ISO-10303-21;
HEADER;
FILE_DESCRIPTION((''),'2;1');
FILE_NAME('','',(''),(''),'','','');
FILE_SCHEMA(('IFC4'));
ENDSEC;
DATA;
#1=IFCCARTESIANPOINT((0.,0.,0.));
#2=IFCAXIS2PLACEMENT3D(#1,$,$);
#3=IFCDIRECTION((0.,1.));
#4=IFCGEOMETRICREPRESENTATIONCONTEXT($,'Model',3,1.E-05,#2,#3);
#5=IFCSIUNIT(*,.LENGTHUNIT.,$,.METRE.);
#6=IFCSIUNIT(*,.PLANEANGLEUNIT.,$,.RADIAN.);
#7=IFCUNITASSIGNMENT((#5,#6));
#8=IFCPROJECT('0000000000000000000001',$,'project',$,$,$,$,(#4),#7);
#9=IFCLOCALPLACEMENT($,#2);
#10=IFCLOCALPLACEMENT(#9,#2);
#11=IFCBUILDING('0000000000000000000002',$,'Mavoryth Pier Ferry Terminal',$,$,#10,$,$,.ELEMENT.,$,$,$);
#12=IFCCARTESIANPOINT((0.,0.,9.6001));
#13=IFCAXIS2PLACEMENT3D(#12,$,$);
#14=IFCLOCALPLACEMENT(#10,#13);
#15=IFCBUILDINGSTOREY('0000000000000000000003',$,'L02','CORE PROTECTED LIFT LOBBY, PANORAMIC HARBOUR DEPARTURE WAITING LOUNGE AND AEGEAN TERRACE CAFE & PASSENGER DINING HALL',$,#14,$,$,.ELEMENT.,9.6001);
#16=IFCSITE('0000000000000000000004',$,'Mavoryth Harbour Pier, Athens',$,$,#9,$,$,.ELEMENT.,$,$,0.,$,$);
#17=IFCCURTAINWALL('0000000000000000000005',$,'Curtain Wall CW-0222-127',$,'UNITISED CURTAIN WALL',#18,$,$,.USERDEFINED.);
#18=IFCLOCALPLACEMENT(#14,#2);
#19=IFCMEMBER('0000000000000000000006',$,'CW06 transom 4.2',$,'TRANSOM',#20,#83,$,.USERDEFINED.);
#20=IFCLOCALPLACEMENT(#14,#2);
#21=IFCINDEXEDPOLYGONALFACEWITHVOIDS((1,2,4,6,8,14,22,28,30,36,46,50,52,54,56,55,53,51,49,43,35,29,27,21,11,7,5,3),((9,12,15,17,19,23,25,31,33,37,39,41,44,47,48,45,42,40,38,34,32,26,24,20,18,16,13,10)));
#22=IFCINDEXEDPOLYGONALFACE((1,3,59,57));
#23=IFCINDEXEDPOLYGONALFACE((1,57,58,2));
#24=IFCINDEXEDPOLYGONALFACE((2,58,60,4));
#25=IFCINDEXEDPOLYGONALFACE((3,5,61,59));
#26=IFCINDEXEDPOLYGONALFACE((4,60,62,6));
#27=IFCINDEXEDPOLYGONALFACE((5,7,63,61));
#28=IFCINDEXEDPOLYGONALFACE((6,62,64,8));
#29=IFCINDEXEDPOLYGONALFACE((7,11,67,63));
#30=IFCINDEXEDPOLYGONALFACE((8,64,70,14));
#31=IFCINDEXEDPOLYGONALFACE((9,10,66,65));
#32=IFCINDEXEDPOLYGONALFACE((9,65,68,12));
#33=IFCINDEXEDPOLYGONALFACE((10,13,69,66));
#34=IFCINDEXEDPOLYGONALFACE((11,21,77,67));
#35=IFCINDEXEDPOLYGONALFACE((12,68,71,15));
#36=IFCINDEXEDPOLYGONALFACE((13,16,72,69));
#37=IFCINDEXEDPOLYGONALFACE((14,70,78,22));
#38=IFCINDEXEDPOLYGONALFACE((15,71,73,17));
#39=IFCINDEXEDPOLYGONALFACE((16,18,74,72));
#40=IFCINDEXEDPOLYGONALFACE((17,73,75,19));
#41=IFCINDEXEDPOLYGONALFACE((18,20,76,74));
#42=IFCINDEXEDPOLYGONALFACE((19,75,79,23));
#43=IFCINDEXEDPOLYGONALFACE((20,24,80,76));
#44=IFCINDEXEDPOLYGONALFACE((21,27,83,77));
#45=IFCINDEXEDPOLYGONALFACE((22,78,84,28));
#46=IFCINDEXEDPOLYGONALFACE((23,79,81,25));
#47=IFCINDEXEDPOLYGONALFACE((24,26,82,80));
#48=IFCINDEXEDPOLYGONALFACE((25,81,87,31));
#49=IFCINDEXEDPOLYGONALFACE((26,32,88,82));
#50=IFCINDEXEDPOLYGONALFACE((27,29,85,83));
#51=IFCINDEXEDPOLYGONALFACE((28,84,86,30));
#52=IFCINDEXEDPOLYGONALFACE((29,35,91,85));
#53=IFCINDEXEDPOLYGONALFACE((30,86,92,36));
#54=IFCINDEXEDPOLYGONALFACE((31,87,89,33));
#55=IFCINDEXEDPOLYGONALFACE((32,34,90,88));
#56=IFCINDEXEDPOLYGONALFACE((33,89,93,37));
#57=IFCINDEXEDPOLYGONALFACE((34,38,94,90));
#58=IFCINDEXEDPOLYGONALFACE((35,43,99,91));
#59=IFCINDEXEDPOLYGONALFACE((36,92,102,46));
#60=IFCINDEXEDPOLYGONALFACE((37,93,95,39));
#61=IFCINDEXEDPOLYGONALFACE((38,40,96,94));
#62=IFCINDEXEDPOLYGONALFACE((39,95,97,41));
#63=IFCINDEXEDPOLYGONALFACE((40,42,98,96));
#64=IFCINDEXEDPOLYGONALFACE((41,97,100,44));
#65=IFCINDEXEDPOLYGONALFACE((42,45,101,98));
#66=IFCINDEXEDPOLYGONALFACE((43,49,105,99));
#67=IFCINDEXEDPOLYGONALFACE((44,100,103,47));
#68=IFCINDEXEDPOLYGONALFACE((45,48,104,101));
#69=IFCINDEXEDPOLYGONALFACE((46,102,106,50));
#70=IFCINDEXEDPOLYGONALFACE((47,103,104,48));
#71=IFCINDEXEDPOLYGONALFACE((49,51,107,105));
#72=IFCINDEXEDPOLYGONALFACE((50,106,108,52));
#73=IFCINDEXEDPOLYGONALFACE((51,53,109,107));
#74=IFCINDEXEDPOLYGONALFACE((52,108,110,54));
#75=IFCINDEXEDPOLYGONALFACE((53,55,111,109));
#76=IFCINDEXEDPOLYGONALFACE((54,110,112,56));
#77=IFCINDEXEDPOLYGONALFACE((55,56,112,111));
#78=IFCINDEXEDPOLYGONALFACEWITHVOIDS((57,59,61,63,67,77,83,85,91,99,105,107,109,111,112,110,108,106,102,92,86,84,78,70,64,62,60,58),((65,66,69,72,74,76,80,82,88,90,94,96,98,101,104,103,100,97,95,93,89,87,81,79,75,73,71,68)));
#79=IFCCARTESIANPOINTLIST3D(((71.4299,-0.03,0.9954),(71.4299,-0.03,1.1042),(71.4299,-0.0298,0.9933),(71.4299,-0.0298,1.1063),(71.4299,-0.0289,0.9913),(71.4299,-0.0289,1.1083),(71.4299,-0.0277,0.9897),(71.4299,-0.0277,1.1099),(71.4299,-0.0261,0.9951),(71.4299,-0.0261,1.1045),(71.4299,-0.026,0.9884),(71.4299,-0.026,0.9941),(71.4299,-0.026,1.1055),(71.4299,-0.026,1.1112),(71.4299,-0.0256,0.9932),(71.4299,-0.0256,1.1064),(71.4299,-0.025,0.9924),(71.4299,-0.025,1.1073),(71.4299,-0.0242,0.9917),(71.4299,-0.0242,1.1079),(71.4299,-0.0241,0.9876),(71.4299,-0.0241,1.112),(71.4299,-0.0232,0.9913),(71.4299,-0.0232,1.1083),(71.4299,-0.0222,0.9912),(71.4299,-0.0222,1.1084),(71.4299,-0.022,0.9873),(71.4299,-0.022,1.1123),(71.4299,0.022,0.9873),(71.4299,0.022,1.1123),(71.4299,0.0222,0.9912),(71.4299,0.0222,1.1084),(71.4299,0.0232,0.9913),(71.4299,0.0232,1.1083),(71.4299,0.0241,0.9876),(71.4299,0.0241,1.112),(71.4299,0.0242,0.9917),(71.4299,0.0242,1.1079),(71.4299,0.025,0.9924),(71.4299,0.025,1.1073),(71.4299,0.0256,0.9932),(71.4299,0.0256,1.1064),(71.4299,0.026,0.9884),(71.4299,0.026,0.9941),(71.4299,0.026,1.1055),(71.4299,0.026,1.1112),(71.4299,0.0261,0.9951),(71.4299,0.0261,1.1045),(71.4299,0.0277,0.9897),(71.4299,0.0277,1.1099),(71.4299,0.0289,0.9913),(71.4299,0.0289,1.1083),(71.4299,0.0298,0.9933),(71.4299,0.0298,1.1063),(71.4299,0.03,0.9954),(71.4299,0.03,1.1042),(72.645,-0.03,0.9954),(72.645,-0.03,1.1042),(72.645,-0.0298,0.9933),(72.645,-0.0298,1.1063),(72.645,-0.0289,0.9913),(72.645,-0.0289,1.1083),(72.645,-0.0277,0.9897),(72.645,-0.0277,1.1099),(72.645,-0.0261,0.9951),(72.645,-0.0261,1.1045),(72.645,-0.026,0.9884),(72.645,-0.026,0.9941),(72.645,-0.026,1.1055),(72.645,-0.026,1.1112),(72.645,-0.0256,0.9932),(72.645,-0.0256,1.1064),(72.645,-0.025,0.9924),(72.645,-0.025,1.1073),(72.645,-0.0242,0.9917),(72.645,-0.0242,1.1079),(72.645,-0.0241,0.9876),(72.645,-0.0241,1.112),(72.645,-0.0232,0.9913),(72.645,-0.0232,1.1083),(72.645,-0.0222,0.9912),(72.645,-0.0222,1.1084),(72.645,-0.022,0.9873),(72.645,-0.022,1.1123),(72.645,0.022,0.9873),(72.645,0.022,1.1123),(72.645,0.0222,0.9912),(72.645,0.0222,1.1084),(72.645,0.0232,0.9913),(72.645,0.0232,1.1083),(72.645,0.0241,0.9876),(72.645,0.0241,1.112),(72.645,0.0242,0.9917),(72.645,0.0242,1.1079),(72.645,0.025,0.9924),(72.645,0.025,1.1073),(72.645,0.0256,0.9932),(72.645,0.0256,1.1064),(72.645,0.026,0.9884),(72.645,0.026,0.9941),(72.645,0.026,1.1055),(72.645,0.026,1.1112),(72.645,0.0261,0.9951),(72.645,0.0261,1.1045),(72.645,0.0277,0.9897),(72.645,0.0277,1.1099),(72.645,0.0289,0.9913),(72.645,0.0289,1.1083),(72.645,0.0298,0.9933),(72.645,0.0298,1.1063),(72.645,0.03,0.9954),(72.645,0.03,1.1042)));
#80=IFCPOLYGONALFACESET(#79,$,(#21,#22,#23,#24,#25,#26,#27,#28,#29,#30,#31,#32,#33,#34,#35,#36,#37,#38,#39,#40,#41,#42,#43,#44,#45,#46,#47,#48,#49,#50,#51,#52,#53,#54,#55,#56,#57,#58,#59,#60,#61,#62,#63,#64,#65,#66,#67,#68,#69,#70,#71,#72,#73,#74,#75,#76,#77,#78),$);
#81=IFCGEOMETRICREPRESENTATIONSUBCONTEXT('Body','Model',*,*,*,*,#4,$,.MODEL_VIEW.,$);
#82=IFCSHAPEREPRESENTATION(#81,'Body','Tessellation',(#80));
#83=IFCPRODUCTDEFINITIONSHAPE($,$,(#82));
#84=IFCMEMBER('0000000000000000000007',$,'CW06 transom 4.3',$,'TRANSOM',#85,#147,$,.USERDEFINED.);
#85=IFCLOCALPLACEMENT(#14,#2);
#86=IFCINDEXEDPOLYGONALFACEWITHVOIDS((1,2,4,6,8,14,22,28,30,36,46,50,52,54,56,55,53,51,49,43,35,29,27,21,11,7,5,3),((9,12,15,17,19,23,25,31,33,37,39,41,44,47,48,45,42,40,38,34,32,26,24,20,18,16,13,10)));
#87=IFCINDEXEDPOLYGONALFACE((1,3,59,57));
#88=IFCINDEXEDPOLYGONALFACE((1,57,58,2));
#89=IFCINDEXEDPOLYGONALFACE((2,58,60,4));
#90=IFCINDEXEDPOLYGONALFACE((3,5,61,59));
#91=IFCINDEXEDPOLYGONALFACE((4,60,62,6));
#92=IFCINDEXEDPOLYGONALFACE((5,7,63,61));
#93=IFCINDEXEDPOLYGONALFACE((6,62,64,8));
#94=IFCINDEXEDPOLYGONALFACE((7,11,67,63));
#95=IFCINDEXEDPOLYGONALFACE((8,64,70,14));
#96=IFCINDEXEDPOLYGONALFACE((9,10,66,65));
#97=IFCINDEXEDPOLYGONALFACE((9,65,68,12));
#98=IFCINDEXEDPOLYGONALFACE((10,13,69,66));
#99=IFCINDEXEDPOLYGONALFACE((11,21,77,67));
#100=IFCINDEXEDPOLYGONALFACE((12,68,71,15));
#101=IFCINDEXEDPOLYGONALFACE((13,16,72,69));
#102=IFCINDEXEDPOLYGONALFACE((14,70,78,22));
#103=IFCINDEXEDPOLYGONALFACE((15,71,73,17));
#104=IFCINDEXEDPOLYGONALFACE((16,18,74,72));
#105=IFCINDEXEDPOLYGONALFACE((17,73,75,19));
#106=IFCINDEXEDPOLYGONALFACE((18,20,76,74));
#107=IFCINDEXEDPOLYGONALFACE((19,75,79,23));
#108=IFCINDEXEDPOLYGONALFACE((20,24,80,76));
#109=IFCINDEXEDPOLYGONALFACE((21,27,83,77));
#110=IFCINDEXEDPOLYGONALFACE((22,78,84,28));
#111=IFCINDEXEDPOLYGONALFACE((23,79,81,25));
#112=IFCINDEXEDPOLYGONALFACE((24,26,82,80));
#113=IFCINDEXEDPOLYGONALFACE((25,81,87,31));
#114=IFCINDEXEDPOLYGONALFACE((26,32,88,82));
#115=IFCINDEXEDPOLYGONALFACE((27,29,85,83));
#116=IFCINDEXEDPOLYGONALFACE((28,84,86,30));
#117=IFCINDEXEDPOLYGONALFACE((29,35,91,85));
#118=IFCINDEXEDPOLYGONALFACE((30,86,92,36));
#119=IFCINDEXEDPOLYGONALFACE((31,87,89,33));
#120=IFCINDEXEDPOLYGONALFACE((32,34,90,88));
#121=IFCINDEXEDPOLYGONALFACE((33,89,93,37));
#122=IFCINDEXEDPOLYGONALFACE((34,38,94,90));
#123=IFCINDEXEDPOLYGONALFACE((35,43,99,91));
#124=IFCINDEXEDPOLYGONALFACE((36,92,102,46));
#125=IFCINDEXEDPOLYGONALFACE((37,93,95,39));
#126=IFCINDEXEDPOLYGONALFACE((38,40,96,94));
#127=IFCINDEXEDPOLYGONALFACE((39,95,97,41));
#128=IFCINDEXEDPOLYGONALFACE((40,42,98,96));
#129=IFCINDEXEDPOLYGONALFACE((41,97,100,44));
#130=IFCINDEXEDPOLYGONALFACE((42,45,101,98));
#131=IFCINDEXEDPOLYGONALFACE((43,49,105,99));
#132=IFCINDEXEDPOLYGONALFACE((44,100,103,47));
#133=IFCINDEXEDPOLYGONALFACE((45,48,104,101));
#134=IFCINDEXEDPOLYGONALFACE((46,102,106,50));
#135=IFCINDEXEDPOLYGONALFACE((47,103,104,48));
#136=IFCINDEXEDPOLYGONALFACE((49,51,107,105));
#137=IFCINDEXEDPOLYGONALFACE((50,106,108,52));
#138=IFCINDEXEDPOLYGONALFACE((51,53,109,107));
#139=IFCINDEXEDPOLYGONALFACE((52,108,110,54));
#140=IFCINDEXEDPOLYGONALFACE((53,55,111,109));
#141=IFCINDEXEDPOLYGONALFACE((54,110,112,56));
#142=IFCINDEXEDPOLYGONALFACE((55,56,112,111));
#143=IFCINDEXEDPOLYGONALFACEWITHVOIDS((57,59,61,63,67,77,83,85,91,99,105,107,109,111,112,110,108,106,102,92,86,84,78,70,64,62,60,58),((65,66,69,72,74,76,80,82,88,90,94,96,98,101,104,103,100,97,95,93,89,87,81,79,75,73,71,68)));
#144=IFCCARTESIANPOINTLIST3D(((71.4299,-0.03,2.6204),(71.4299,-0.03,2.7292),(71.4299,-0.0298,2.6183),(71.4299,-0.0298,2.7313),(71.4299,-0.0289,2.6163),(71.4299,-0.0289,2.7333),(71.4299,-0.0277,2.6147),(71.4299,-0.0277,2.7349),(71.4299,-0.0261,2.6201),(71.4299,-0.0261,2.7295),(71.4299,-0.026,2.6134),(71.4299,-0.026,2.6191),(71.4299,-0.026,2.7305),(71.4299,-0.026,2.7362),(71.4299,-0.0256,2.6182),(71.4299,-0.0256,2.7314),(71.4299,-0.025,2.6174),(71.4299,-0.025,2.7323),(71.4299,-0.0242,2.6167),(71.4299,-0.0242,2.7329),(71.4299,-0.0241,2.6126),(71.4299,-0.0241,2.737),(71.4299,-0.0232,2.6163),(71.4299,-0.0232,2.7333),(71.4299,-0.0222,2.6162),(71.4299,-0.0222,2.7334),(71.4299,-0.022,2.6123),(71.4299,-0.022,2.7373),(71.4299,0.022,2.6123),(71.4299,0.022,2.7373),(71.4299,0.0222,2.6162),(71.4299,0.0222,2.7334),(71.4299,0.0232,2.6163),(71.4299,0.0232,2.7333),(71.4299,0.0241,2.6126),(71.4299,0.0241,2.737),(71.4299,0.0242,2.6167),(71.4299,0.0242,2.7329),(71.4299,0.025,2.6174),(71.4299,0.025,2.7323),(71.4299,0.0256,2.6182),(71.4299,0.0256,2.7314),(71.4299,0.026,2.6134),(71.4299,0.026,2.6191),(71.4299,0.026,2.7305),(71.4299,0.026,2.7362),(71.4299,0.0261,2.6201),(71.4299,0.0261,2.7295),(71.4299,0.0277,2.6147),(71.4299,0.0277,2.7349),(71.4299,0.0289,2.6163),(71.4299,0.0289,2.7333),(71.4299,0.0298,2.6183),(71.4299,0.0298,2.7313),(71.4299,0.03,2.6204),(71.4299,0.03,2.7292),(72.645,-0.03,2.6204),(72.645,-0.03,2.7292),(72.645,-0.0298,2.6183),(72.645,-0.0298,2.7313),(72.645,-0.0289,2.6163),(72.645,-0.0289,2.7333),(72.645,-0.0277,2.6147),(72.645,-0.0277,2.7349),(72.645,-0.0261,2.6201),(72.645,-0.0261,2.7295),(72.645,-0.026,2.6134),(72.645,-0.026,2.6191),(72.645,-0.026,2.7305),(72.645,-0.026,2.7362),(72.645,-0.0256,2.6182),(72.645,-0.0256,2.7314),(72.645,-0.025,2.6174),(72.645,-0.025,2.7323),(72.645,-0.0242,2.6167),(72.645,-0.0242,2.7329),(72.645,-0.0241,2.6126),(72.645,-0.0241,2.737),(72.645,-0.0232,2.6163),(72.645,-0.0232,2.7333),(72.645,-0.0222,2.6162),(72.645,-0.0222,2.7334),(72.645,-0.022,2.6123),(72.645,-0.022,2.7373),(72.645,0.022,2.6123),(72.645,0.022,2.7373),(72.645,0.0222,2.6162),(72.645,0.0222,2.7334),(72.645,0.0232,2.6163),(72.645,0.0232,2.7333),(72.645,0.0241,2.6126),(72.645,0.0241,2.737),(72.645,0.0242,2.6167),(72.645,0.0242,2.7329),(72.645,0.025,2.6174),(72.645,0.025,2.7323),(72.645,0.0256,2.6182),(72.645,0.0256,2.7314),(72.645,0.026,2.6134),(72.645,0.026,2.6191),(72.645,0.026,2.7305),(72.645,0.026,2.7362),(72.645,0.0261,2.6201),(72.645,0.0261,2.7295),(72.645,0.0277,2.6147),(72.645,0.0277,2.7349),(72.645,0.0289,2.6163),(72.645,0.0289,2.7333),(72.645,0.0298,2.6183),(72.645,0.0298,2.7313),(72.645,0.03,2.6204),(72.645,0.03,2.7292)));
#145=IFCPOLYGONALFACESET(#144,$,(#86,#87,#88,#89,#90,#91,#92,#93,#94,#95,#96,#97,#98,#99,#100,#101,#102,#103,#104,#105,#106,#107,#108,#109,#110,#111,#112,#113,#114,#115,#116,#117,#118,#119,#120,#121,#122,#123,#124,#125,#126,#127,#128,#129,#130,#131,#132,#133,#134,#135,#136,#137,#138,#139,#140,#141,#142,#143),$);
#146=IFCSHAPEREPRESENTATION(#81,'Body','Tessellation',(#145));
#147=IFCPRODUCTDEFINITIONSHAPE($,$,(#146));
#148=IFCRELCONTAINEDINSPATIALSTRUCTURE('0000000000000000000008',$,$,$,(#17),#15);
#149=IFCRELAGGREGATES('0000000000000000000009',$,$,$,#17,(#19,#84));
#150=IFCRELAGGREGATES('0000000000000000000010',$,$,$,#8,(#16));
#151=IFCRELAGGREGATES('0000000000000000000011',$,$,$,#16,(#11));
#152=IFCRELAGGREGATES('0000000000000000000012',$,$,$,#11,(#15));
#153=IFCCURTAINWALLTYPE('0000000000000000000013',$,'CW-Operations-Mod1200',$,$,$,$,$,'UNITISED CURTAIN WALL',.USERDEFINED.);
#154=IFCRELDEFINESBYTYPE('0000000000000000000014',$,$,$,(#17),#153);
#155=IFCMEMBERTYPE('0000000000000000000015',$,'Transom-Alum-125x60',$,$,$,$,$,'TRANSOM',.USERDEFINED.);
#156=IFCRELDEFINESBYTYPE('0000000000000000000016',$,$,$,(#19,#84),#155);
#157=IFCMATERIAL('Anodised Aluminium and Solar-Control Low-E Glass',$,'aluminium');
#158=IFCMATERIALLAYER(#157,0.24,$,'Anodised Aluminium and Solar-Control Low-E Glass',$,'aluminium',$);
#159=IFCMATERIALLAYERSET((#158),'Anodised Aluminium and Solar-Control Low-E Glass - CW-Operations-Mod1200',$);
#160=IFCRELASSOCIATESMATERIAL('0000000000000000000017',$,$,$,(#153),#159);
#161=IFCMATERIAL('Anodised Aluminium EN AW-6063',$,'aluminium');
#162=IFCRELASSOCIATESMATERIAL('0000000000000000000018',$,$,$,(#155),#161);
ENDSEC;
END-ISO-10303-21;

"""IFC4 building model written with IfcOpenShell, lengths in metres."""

from ifc_helpers import new_model, si_unit, direction, frame, origin, origin_2d, place, context, subcontext, project, spatial, hollow_rectangle, extrude, material, layer, layer_set, material_profile, profile_set, type_object, element, aggregate, save


model = new_model("IFC4")

# Units and contexts
model_context = context("Model", 3, precision=1e-05, world=origin(), true_north=direction((0.0, 1.0)))
body_context = subcontext(model_context, "Body", "Model", "MODEL_VIEW")
ifc_project = project(units=[si_unit("LENGTHUNIT", "METRE"), si_unit("PLANEANGLEUNIT", "RADIAN")], contexts=[model_context])

# Site, building, storey
site_placement = place(None, origin())
site = spatial("IfcSite", under=ifc_project, at=site_placement, Name="Mavoryth Harbour Pier, Athens", CompositionType="ELEMENT", RefElevation=0.0)
building_placement = place(site_placement, origin())
building = spatial("IfcBuilding", under=site, at=building_placement, Name="Mavoryth Pier Ferry Terminal", CompositionType="ELEMENT")
storey_placement = place(building_placement, frame((0.0, 0.0, 9.6001)))
storey = spatial("IfcBuildingStorey", under=building, at=storey_placement, Name="L02", Description="CORE PROTECTED LIFT LOBBY, PANORAMIC HARBOUR DEPARTURE WAITING LOUNGE AND AEGEAN TERRACE CAFE & PASSENGER DINING HALL", CompositionType="ELEMENT", Elevation=9.6001)

# Shared definitions
ifc_material_1 = material(Name="Anodised Aluminium and Solar-Control Low-E Glass", Category="aluminium")
ifc_layer_1 = layer(ifc_material_1, 0.24, Name="Anodised Aluminium and Solar-Control Low-E Glass", Category="aluminium")
ifc_layer_set_1 = layer_set([ifc_layer_1], Name="Anodised Aluminium and Solar-Control Low-E Glass - CW-Operations-Mod1200")
curtain_wall_type = type_object("IfcCurtainWallType", Name="CW-Operations-Mod1200", ElementType="UNITISED CURTAIN WALL", PredefinedType="USERDEFINED", material=ifc_layer_set_1)
ifc_material_2 = material(Name="Anodised Aluminium EN AW-6063", Category="aluminium")

# Curtain wall
curtain_wall_1_placement = place(storey_placement, origin())
curtain_wall_1 = element("IfcCurtainWall", 1, at=curtain_wall_1_placement, inside=storey, type_object=curtain_wall_type, Name="Curtain Wall CW-0222-127", ObjectType="UNITISED CURTAIN WALL", PredefinedType="USERDEFINED")

# Members
ifc_material_profile_1 = material_profile(ifc_material_2, hollow_rectangle(XDim=0.0601, YDim=0.125, WallThickness=0.0039, InnerFilletRadius=0.0039, OuterFilletRadius=0.0081, at=origin_2d()), Name="AL-TRAN 125x60x4", Category="aluminium")
ifc_profile_set_1 = profile_set([ifc_material_profile_1], Name="Anodised Aluminium EN AW-6063 - AL-TRAN 125x60x4")
member_type_1 = type_object("IfcMemberType", Name="Transom-Alum-125x60", ElementType="TRANSOM", PredefinedType="USERDEFINED", material=ifc_profile_set_1)
member_1_placement = place(storey_placement, frame((71.4299, 0.0, 1.0498), z_axis=(1.0, 0.0, 0.0), x_axis=(0.0, 1.0, 0.0)))
member_1 = element("IfcMember", 2, at=member_1_placement, type_object=member_type_1, Name="CW06 transom 4.2", ObjectType="TRANSOM", PredefinedType="USERDEFINED", context=body_context, shape_type="SweptSolid", body=[
    extrude(hollow_rectangle(XDim=0.0601, YDim=0.125, WallThickness=0.0039, InnerFilletRadius=0.0039, OuterFilletRadius=0.0081, at=origin_2d()), origin(), (0.0, 0.0, 1.0), 1.2151),
])
member_2_placement = place(storey_placement, frame((71.4299, 0.0, 2.6748), z_axis=(1.0, 0.0, 0.0), x_axis=(0.0, 1.0, 0.0)))
member_2 = element("IfcMember", 3, at=member_2_placement, type_object=member_type_1, Name="CW06 transom 4.3", ObjectType="TRANSOM", PredefinedType="USERDEFINED", context=body_context, shape_type="SweptSolid", body=[
    extrude(hollow_rectangle(XDim=0.0601, YDim=0.125, WallThickness=0.0039, InnerFilletRadius=0.0039, OuterFilletRadius=0.0081, at=origin_2d()), origin(), (0.0, 0.0, 1.0), 1.2151),
])

aggregate(curtain_wall_1, [member_1, member_2])

save(model, "model.ifc")
